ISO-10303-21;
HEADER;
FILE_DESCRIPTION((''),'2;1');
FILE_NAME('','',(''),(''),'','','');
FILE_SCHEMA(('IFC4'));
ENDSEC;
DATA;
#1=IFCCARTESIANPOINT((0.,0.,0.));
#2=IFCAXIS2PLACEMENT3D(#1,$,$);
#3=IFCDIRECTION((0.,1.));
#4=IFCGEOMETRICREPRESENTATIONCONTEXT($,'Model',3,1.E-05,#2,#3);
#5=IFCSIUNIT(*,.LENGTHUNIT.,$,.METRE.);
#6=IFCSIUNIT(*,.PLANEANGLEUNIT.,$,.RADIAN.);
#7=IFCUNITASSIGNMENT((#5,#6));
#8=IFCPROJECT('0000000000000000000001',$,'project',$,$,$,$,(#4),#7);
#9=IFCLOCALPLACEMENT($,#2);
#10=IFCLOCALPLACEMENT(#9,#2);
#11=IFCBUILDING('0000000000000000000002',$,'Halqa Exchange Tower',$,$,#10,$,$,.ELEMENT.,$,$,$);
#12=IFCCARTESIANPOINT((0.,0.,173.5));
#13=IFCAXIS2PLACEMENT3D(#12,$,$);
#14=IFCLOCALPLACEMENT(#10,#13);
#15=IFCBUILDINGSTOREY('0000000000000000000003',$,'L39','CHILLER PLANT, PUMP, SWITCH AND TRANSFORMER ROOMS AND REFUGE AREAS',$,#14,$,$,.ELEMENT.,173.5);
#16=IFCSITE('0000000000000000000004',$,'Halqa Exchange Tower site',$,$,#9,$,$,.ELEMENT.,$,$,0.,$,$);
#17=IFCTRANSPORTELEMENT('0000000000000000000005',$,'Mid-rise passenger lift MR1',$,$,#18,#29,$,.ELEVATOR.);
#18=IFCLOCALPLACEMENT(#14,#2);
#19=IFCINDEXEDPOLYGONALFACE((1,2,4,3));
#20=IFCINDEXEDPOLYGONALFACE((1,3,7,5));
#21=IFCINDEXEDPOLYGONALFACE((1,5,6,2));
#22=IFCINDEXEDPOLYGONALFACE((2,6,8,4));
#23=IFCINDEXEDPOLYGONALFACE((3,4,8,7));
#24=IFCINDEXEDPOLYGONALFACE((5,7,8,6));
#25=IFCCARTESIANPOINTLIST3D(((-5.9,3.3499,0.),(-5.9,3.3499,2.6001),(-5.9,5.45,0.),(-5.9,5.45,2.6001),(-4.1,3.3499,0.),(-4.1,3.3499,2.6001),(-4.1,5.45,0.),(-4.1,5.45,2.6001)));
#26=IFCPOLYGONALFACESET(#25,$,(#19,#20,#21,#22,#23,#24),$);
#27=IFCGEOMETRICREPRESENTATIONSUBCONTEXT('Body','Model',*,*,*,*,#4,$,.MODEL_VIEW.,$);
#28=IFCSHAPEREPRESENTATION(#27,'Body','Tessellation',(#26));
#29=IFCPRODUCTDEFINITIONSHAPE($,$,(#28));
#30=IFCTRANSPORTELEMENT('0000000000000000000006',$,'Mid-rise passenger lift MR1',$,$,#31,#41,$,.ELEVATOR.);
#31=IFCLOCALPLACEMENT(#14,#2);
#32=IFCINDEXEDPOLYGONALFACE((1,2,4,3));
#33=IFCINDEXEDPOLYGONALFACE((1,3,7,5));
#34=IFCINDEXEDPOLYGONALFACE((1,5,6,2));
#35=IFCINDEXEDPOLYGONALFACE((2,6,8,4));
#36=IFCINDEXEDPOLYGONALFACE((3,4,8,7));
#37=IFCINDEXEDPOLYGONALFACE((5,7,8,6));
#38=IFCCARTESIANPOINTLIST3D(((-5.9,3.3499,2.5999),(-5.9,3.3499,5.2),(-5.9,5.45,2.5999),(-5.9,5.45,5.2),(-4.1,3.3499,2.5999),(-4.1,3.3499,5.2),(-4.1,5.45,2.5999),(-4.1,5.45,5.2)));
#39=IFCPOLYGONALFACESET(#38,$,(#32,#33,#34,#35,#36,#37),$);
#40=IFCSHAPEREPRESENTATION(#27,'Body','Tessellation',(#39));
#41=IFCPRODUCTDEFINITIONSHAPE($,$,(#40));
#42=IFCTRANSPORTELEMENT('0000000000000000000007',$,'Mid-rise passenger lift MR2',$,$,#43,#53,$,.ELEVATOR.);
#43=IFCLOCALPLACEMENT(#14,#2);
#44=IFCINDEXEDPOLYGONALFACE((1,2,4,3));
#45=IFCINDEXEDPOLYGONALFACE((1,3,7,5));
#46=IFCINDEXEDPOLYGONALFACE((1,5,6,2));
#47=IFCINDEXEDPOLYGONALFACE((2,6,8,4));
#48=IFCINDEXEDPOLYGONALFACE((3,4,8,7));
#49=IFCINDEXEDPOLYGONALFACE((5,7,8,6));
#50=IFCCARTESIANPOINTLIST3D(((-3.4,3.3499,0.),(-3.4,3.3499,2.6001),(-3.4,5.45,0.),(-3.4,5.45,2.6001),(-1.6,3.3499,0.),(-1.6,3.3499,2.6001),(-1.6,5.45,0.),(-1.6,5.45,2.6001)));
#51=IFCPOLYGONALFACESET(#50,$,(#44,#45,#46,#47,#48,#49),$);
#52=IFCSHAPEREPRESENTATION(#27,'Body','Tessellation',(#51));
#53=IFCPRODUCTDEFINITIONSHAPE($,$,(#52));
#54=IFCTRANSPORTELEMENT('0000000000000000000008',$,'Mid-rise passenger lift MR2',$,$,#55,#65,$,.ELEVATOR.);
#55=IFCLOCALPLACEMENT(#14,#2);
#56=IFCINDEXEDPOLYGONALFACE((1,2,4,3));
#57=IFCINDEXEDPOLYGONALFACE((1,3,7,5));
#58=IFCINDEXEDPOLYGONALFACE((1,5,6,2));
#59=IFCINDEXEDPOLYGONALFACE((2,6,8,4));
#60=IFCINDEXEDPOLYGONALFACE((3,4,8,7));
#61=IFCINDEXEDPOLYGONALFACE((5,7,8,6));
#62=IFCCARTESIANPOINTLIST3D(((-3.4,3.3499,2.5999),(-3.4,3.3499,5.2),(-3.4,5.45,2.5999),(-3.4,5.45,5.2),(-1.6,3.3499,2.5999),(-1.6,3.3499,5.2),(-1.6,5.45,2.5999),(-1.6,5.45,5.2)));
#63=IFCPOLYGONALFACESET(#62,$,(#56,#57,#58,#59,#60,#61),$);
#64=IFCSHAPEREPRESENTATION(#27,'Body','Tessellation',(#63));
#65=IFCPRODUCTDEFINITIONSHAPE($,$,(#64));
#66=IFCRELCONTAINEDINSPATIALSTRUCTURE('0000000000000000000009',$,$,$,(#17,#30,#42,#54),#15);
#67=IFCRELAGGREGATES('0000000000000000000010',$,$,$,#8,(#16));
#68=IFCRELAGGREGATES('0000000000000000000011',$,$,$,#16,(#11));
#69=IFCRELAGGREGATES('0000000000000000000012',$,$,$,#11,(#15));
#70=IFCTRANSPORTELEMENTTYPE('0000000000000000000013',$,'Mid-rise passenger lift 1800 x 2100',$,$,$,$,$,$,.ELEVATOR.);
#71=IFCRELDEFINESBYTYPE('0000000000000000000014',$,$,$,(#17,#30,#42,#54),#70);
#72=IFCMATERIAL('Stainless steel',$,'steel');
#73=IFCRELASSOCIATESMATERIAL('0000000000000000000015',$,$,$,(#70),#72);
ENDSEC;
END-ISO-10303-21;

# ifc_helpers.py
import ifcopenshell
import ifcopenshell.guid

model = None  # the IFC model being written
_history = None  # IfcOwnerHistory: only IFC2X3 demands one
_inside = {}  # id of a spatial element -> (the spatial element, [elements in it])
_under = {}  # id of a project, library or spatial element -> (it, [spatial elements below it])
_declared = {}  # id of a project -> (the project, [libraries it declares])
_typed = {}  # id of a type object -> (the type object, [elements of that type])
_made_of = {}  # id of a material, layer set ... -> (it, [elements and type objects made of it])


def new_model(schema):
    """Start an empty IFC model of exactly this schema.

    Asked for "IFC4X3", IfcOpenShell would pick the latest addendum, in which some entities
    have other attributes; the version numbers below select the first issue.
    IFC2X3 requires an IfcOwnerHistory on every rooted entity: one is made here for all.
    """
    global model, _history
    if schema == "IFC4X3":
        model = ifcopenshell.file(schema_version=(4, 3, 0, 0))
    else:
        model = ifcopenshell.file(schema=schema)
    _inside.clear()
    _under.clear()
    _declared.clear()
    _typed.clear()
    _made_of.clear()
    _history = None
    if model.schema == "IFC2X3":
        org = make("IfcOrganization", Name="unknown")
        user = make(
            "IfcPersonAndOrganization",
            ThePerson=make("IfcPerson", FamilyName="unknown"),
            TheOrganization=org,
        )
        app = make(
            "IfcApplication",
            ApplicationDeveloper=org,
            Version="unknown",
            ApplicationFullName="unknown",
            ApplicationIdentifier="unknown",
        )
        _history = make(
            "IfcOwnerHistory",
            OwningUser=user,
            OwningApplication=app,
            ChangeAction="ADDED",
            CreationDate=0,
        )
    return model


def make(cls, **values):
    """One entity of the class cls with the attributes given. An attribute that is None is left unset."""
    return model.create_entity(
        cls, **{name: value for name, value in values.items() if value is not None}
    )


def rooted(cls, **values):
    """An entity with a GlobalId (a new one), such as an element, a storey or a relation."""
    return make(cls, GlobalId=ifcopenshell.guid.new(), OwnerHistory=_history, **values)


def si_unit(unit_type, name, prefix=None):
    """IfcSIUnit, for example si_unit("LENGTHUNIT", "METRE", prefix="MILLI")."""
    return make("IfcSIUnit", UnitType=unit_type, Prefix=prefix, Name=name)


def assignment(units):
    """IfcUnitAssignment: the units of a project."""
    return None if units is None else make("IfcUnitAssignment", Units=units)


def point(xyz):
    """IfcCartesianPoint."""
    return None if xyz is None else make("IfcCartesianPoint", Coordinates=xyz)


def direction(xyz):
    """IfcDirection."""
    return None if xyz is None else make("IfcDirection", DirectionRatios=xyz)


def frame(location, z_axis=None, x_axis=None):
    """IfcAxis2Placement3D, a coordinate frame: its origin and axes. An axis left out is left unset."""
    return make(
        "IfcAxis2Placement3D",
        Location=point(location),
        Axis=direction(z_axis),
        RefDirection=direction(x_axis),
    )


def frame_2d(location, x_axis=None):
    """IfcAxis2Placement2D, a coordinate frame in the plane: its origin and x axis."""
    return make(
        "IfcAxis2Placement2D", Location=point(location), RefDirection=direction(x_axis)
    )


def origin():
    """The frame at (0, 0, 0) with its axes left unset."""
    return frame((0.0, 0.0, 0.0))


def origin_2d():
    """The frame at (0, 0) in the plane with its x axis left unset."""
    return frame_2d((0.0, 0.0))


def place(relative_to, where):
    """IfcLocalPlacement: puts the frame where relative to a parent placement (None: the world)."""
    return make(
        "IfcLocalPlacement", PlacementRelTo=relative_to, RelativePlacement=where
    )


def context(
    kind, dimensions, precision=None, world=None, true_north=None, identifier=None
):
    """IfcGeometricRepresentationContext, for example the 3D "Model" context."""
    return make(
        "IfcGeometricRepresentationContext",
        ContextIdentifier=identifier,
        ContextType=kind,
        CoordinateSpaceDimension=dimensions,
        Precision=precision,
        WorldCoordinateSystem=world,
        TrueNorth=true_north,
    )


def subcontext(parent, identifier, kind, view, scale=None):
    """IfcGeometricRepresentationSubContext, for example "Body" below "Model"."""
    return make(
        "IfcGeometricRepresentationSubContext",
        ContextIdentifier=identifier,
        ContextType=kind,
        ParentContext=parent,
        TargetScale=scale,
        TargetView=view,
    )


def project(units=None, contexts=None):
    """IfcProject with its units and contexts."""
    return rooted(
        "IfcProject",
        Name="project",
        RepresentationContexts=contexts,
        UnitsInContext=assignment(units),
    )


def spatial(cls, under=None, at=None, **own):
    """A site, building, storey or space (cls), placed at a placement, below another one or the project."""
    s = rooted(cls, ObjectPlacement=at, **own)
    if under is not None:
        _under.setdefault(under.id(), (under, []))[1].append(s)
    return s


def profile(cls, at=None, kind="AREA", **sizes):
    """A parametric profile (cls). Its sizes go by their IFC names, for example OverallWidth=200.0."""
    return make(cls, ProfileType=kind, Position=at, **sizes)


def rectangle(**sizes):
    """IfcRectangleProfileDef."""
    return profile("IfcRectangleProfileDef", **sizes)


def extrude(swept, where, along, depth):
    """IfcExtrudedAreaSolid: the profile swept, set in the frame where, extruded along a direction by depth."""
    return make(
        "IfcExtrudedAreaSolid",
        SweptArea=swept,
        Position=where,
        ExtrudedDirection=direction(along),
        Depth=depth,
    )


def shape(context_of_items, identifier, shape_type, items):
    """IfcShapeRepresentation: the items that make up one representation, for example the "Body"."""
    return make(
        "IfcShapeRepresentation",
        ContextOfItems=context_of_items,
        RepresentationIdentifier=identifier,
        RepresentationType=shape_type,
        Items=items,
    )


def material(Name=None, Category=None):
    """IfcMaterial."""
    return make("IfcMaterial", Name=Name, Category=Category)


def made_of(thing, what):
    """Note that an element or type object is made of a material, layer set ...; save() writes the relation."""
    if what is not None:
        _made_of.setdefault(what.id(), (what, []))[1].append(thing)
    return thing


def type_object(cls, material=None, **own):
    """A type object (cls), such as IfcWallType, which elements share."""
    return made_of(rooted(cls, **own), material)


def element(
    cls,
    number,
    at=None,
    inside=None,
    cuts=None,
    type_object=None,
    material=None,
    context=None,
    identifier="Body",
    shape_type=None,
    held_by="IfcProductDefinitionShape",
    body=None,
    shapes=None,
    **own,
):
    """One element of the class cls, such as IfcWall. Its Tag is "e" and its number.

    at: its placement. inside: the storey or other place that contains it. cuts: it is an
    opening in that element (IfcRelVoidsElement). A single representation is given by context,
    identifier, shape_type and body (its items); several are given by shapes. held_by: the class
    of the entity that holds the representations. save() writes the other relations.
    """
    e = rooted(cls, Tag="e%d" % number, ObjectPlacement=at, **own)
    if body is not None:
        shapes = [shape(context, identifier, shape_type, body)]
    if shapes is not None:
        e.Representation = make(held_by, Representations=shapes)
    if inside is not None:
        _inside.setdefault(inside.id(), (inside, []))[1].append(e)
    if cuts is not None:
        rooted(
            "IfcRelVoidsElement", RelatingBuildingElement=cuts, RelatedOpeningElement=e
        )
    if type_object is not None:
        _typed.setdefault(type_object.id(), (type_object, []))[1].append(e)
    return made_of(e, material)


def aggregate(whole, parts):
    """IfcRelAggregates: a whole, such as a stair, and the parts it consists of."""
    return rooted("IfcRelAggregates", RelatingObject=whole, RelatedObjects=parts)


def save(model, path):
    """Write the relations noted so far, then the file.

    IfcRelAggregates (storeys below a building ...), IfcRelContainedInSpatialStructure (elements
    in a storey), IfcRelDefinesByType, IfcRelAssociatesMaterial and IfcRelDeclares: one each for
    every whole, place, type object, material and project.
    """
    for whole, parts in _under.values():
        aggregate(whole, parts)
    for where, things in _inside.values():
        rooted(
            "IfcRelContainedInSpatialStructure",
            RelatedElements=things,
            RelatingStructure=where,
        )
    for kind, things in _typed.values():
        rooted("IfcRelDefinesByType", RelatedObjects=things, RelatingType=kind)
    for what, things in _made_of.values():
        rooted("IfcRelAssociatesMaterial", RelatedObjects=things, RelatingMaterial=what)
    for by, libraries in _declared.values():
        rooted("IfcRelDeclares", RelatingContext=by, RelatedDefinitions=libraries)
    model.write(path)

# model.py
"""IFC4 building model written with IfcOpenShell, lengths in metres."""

from ifc_helpers import new_model, si_unit, direction, frame, origin, origin_2d, place, context, subcontext, project, spatial, rectangle, extrude, material, type_object, element, save


model = new_model("IFC4")

# Units and contexts
model_context = context("Model", 3, precision=1e-05, world=origin(), true_north=direction((0.0, 1.0)))
body_context = subcontext(model_context, "Body", "Model", "MODEL_VIEW")
ifc_project = project(units=[si_unit("LENGTHUNIT", "METRE"), si_unit("PLANEANGLEUNIT", "RADIAN")], contexts=[model_context])

# Site, building, storey
site_placement = place(None, origin())
site = spatial("IfcSite", under=ifc_project, at=site_placement, Name="Halqa Exchange Tower site", CompositionType="ELEMENT", RefElevation=0.0)
building_placement = place(site_placement, origin())
building = spatial("IfcBuilding", under=site, at=building_placement, Name="Halqa Exchange Tower", CompositionType="ELEMENT")
storey_placement = place(building_placement, frame((0.0, 0.0, 173.5)))
storey = spatial("IfcBuildingStorey", under=building, at=storey_placement, Name="L39", Description="CHILLER PLANT, PUMP, SWITCH AND TRANSFORMER ROOMS AND REFUGE AREAS", CompositionType="ELEMENT", Elevation=173.5)

# Shared definitions
ifc_material_1 = material(Name="Stainless steel", Category="steel")

# Transport elements
transport_element_type_1 = type_object("IfcTransportElementType", Name="Mid-rise passenger lift 1800 x 2100", PredefinedType="ELEVATOR", material=ifc_material_1)
for number, where, z_axis, x_axis, name in (
    (1, (-5.0, 4.3999, 0.0), (0.0, 0.0, 1.0), (1.0, 0.0, 0.0), "Mid-rise passenger lift MR1"),
    (2, (-5.0, 4.3999, 2.5999), (0.0, 0.0, 1.0), (1.0, 0.0, 0.0), "Mid-rise passenger lift MR1"),
    (3, (-2.5, 4.3999, 0.0), (0.0, 0.0, 1.0), (1.0, 0.0, 0.0), "Mid-rise passenger lift MR2"),
    (4, (-2.5, 4.3999, 2.5999), (0.0, 0.0, 1.0), (1.0, 0.0, 0.0), "Mid-rise passenger lift MR2"),
):
    element("IfcTransportElement", number, at=place(storey_placement, frame(where, z_axis=z_axis, x_axis=x_axis)), inside=storey, type_object=transport_element_type_1, Name=name, PredefinedType="ELEVATOR", context=body_context, shape_type="SweptSolid", body=[
        extrude(rectangle(XDim=1.8, YDim=2.1001, at=origin_2d()), origin(), (0.0, 0.0, 1.0), 2.6001),
    ])

save(model, "model.ifc")
